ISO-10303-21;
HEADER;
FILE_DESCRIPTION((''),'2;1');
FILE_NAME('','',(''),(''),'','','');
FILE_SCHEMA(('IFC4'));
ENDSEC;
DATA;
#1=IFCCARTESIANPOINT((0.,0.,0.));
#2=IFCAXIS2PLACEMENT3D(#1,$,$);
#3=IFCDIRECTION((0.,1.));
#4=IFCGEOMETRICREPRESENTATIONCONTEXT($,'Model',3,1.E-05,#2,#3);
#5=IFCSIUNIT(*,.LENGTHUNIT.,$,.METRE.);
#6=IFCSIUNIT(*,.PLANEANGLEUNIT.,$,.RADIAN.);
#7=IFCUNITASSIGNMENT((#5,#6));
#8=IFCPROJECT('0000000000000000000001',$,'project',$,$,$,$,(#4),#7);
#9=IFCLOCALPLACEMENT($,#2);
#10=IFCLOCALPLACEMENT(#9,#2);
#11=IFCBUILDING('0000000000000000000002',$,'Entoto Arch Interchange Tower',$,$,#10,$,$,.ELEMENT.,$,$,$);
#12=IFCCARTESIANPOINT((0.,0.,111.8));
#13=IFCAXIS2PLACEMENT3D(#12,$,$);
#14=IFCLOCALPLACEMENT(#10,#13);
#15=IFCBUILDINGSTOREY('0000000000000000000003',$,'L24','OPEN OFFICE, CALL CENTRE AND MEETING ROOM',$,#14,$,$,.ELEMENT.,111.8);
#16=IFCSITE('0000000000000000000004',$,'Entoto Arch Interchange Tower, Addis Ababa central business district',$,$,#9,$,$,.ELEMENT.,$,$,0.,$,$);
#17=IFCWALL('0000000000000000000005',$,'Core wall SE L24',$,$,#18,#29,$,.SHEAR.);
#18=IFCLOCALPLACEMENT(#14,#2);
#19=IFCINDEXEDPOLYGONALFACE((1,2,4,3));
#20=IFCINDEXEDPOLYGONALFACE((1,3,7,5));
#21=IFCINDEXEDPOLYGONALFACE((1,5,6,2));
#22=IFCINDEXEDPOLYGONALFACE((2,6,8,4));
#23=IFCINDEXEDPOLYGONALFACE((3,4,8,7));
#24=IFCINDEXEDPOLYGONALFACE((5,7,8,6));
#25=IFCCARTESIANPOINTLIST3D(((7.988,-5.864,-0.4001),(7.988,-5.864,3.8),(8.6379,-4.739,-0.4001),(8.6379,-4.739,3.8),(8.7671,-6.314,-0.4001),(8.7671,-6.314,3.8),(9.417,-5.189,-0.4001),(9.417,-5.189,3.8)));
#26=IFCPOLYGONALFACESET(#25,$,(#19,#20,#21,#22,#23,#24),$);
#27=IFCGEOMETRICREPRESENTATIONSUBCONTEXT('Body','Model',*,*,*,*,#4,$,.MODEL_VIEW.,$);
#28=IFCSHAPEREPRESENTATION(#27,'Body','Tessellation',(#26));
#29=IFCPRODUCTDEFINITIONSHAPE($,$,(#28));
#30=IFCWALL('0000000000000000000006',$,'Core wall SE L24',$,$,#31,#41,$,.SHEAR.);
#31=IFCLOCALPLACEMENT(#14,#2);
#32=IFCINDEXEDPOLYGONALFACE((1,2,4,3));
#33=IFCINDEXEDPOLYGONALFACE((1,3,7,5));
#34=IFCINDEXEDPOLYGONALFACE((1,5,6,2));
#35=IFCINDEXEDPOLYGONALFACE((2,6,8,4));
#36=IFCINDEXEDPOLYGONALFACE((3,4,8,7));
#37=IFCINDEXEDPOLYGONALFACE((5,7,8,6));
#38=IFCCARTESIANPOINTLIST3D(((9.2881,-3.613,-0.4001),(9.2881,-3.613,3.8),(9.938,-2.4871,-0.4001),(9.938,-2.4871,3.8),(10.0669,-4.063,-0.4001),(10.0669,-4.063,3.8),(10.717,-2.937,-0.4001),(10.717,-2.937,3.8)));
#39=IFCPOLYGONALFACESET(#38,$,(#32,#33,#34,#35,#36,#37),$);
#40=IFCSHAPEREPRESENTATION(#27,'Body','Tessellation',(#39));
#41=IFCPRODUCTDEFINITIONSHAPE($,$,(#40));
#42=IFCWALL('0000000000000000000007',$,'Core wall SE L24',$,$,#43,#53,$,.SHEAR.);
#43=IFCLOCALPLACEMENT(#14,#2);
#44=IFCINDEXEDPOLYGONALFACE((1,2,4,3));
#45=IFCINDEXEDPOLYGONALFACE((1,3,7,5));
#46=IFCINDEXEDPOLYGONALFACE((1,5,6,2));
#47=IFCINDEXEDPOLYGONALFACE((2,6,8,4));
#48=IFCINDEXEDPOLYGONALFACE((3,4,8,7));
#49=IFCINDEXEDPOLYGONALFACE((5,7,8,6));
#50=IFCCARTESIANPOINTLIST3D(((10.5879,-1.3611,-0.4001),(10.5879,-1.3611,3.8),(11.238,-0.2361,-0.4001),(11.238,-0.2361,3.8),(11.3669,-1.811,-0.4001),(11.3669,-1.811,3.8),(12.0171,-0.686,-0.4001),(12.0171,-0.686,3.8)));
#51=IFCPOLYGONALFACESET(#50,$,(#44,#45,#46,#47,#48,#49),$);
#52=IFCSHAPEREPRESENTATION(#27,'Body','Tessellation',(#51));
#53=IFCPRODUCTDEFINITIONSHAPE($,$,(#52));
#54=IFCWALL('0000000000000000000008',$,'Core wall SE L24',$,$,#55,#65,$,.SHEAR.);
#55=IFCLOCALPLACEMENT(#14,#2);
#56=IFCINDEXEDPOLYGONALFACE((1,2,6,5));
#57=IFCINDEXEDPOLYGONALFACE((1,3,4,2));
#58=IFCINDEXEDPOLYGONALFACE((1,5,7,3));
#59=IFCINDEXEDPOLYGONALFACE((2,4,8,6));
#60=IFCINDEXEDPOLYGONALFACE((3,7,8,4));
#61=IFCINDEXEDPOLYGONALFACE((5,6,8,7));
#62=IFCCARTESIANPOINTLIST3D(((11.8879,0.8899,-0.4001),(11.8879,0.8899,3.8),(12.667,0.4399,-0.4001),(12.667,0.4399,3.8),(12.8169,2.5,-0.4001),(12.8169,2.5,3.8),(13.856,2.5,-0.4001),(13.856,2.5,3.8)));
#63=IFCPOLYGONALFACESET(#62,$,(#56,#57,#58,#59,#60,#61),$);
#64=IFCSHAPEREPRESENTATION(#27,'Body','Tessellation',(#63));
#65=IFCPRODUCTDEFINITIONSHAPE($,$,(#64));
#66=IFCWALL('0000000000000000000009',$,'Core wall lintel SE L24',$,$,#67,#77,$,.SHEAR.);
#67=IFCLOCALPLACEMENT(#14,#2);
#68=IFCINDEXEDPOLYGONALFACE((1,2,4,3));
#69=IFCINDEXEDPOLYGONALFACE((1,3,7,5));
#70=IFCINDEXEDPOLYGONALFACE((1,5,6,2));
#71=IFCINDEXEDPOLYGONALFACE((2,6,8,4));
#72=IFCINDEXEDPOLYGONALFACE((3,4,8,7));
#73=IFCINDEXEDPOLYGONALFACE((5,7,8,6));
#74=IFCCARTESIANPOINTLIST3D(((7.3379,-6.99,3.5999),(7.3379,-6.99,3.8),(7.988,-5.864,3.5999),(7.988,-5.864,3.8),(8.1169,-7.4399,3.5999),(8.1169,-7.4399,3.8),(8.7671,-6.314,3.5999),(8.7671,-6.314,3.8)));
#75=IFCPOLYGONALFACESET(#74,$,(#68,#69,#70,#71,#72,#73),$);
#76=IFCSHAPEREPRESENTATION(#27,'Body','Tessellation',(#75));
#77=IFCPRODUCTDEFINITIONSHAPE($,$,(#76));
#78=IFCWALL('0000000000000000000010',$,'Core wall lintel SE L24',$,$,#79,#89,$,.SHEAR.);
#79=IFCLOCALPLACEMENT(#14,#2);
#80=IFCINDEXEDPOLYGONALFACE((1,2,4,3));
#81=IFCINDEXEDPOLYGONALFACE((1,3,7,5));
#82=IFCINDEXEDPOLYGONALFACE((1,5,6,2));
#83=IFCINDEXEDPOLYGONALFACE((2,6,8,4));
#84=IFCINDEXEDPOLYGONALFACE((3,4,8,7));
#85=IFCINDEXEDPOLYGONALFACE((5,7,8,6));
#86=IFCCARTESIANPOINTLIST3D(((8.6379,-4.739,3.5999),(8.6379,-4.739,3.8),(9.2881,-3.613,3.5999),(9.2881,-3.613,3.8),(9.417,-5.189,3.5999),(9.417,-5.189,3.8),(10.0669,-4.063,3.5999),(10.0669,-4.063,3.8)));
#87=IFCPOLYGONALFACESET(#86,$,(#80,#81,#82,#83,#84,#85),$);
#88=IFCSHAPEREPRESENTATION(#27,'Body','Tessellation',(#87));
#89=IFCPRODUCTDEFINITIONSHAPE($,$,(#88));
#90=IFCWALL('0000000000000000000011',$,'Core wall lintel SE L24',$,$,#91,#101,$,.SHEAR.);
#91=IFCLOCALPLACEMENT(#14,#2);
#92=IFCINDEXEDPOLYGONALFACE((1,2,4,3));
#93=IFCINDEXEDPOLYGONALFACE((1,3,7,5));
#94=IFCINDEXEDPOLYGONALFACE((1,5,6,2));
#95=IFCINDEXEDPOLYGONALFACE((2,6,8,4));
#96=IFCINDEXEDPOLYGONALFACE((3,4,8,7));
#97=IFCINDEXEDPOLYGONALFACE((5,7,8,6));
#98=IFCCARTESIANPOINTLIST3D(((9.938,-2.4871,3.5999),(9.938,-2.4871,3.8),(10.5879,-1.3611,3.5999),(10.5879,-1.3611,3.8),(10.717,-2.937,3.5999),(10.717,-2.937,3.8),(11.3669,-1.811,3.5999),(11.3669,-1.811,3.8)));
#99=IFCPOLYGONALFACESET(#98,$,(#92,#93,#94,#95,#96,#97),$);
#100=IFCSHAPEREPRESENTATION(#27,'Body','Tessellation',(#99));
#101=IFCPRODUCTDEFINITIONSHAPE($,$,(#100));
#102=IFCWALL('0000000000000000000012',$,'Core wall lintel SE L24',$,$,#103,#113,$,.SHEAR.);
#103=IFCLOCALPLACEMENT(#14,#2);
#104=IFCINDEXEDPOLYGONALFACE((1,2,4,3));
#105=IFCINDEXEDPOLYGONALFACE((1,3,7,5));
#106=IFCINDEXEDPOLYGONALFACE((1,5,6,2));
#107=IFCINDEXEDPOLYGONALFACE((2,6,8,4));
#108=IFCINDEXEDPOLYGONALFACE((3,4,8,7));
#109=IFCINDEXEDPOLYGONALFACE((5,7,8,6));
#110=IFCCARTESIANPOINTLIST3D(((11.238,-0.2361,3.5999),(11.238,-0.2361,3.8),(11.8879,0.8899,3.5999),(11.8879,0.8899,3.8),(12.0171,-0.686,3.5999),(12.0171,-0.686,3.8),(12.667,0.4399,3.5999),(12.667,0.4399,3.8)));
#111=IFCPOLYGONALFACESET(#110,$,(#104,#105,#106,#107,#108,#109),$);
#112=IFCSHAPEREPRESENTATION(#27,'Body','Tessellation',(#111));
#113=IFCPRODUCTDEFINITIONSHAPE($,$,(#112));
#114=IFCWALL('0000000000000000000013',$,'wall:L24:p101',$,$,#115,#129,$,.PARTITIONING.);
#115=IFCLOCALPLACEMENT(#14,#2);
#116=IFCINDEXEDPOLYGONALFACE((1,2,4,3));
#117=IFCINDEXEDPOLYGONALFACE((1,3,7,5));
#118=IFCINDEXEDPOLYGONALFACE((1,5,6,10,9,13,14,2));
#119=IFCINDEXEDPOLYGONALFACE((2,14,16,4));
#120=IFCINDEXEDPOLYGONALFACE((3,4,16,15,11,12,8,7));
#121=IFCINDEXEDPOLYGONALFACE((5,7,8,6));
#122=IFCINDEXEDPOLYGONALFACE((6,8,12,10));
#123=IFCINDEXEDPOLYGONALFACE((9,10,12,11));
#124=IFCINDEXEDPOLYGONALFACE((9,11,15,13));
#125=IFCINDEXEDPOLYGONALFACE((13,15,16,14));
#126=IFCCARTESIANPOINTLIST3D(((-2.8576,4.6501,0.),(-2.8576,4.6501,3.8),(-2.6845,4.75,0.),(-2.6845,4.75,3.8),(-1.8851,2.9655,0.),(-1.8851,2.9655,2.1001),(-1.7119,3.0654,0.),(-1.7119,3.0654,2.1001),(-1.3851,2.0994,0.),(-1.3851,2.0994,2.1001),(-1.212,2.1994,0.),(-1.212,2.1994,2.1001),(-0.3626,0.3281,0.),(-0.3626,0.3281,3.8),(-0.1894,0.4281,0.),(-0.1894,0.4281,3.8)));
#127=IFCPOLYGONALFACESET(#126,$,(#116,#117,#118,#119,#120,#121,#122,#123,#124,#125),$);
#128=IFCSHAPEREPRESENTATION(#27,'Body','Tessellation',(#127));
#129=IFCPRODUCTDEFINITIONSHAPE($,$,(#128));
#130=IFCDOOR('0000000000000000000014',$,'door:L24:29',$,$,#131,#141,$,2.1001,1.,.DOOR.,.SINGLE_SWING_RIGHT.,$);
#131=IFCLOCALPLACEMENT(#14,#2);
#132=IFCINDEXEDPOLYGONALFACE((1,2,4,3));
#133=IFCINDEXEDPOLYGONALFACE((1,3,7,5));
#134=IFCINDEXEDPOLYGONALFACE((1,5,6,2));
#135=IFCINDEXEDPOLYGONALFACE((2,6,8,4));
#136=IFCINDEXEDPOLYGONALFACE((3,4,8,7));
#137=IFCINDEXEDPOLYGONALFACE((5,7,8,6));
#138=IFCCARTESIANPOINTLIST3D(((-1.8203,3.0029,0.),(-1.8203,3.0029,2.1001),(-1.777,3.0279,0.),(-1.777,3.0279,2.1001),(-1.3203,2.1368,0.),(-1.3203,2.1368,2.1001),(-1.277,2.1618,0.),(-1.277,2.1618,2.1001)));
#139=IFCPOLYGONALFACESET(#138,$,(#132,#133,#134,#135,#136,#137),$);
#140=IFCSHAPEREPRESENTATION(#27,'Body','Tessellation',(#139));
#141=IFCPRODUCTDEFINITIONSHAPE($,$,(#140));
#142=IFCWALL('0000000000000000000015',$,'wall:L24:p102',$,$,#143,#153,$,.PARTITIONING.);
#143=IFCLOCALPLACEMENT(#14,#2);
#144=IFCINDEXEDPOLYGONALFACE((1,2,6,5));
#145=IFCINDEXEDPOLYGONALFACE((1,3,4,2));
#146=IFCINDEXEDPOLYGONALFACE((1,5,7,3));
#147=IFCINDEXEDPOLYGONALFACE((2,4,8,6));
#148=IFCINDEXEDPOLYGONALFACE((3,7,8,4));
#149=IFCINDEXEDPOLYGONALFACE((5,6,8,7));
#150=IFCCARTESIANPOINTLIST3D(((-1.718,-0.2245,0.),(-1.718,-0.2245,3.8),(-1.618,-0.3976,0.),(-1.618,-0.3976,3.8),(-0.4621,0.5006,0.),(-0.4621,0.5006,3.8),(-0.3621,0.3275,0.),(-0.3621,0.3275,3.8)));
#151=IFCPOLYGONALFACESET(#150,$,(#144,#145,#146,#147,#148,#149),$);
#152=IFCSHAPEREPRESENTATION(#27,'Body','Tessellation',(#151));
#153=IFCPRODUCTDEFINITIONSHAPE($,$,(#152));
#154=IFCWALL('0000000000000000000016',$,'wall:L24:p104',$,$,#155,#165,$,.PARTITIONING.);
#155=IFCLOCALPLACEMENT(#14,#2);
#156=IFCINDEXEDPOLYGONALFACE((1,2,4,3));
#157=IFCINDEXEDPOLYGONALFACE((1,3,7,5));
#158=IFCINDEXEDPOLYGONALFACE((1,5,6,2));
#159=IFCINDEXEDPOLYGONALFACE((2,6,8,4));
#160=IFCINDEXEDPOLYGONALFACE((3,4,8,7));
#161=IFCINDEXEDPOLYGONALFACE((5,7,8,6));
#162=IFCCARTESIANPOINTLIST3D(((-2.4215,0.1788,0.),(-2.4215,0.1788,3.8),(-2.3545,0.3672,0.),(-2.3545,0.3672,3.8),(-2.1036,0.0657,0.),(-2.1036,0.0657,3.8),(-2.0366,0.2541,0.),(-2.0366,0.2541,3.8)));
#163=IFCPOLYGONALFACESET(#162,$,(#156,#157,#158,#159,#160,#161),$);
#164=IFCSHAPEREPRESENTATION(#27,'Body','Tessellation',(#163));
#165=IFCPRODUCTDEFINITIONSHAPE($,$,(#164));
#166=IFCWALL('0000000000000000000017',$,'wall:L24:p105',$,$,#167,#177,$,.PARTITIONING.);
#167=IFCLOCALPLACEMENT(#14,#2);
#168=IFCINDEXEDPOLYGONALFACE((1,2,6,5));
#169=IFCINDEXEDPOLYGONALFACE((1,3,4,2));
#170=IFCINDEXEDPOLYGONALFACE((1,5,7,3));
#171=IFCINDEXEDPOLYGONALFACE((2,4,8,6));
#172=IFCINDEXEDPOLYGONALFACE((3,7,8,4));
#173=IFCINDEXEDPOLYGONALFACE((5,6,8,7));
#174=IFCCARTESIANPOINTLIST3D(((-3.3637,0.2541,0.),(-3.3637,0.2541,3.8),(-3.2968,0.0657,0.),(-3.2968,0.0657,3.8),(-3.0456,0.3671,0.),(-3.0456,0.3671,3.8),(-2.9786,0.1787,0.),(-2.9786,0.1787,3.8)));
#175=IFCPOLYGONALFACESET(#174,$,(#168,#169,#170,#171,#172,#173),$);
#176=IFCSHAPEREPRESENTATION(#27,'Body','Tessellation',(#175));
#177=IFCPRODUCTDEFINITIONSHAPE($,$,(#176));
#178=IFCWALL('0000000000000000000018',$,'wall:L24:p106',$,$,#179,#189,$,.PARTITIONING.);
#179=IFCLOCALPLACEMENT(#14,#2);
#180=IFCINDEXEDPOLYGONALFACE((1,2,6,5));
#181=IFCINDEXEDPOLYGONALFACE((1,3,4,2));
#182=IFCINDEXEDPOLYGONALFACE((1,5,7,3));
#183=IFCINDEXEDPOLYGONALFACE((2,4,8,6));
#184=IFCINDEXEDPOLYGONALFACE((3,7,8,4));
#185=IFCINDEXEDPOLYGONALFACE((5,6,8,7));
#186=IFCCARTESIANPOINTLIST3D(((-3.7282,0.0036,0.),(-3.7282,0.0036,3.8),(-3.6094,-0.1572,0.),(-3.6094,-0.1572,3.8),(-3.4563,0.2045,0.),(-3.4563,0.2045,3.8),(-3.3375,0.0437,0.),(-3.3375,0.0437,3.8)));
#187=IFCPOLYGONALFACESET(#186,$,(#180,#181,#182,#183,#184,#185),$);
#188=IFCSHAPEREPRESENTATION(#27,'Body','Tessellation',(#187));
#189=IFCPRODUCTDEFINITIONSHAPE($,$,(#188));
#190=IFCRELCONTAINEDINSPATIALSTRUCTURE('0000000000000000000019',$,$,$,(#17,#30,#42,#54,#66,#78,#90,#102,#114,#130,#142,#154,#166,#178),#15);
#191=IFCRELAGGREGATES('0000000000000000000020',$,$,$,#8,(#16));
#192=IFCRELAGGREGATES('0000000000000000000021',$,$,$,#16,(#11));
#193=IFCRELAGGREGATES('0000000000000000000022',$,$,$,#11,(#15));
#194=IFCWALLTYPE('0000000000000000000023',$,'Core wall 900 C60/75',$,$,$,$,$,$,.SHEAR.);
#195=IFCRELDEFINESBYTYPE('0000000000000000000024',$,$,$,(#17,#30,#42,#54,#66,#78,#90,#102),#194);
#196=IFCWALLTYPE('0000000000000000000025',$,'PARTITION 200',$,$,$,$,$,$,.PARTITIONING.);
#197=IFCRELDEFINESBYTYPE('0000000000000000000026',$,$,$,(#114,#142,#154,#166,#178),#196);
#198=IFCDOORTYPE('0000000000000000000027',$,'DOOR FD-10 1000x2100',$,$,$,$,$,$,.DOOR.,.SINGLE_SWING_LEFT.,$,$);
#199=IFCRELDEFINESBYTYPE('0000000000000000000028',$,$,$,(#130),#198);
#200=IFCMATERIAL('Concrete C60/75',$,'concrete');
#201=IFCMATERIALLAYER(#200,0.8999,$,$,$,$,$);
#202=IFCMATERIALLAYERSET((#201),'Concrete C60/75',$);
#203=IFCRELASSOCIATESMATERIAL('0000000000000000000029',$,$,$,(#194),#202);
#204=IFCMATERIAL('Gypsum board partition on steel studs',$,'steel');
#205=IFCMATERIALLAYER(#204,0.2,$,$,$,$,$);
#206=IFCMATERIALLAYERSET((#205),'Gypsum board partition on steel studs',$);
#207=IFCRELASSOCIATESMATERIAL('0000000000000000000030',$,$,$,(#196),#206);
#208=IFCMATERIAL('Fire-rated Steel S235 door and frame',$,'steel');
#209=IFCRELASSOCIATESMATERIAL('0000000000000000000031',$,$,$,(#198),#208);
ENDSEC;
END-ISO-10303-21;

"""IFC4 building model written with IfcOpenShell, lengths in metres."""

from ifc_helpers import new_model, si_unit, direction, frame, frame_2d, origin, place, context, subcontext, project, spatial, polyline, rectangle, outline, extrude, material, layer, layer_set, type_object, element, fill, save


model = new_model("IFC4")

# Units and contexts
model_context = context("Model", 3, precision=1e-05, world=origin(), true_north=direction((0.0, 1.0)))
body_context = subcontext(model_context, "Body", "Model", "MODEL_VIEW")
ifc_project = project(units=[si_unit("LENGTHUNIT", "METRE"), si_unit("PLANEANGLEUNIT", "RADIAN")], contexts=[model_context])

# Site, building, storey
site_placement = place(None, origin())
site = spatial("IfcSite", under=ifc_project, at=site_placement, Name="Entoto Arch Interchange Tower, Addis Ababa central business district", CompositionType="ELEMENT", RefElevation=0.0)
building_placement = place(site_placement, origin())
building = spatial("IfcBuilding", under=site, at=building_placement, Name="Entoto Arch Interchange Tower", CompositionType="ELEMENT")
storey_placement = place(building_placement, frame((0.0, 0.0, 111.8)))
storey = spatial("IfcBuildingStorey", under=building, at=storey_placement, Name="L24", Description="OPEN OFFICE, CALL CENTRE AND MEETING ROOM", CompositionType="ELEMENT", Elevation=111.8)

# Walls
ifc_material_1 = material(Name="Concrete C60/75", Category="concrete")
ifc_layer_1 = layer(ifc_material_1, 0.8999)
ifc_layer_set_1 = layer_set([ifc_layer_1], Name="Concrete C60/75")
wall_type_1 = type_object("IfcWallType", Name="Core wall 900 C60/75", PredefinedType="SHEAR", material=ifc_layer_set_1)
wall_1_placement = place(storey_placement, frame((0.0, 0.0, -0.4001)))
element("IfcWall", 1, at=wall_1_placement, inside=storey, type_object=wall_type_1, Name="Core wall SE L24", PredefinedType="SHEAR", context=body_context, shape_type="SweptSolid", body=[
    extrude(outline(polyline([(9.417, -5.189), (8.6379, -4.739), (7.988, -5.864), (8.7671, -6.314), (9.417, -5.189)])), origin(), (0.0, 0.0, 1.0), 4.2002),
])
wall_2_placement = place(storey_placement, frame((0.0, 0.0, -0.4001)))
element("IfcWall", 2, at=wall_2_placement, inside=storey, type_object=wall_type_1, Name="Core wall SE L24", PredefinedType="SHEAR", context=body_context, shape_type="SweptSolid", body=[
    extrude(outline(polyline([(10.717, -2.937), (9.938, -2.4871), (9.2881, -3.613), (10.0669, -4.063), (10.717, -2.937)])), origin(), (0.0, 0.0, 1.0), 4.2002),
])
wall_3_placement = place(storey_placement, frame((0.0, 0.0, -0.4001)))
element("IfcWall", 3, at=wall_3_placement, inside=storey, type_object=wall_type_1, Name="Core wall SE L24", PredefinedType="SHEAR", context=body_context, shape_type="SweptSolid", body=[
    extrude(outline(polyline([(12.0171, -0.686), (11.238, -0.2361), (10.5879, -1.3611), (11.3669, -1.811), (12.0171, -0.686)])), origin(), (0.0, 0.0, 1.0), 4.2002),
])
wall_4_placement = place(storey_placement, frame((0.0, 0.0, -0.4001)))
element("IfcWall", 4, at=wall_4_placement, inside=storey, type_object=wall_type_1, Name="Core wall SE L24", PredefinedType="SHEAR", context=body_context, shape_type="SweptSolid", body=[
    extrude(outline(polyline([(11.8879, 0.8899), (12.667, 0.4399), (13.856, 2.5), (12.8169, 2.5), (11.8879, 0.8899)])), origin(), (0.0, 0.0, 1.0), 4.2002),
])
wall_5_placement = place(storey_placement, frame((0.0, 0.0, 3.5999)))
element("IfcWall", 5, at=wall_5_placement, inside=storey, type_object=wall_type_1, Name="Core wall lintel SE L24", PredefinedType="SHEAR", context=body_context, shape_type="SweptSolid", body=[
    extrude(outline(polyline([(8.7671, -6.314), (7.988, -5.864), (7.3379, -6.99), (8.1169, -7.4399), (8.7671, -6.314)])), origin(), (0.0, 0.0, 1.0), 0.2002),
])
wall_6_placement = place(storey_placement, frame((0.0, 0.0, 3.5999)))
element("IfcWall", 6, at=wall_6_placement, inside=storey, type_object=wall_type_1, Name="Core wall lintel SE L24", PredefinedType="SHEAR", context=body_context, shape_type="SweptSolid", body=[
    extrude(outline(polyline([(10.0669, -4.063), (9.2881, -3.613), (8.6379, -4.739), (9.417, -5.189), (10.0669, -4.063)])), origin(), (0.0, 0.0, 1.0), 0.2002),
])
wall_7_placement = place(storey_placement, frame((0.0, 0.0, 3.5999)))
element("IfcWall", 7, at=wall_7_placement, inside=storey, type_object=wall_type_1, Name="Core wall lintel SE L24", PredefinedType="SHEAR", context=body_context, shape_type="SweptSolid", body=[
    extrude(outline(polyline([(11.3669, -1.811), (10.5879, -1.3611), (9.938, -2.4871), (10.717, -2.937), (11.3669, -1.811)])), origin(), (0.0, 0.0, 1.0), 0.2002),
])
wall_8_placement = place(storey_placement, frame((0.0, 0.0, 3.5999)))
element("IfcWall", 8, at=wall_8_placement, inside=storey, type_object=wall_type_1, Name="Core wall lintel SE L24", PredefinedType="SHEAR", context=body_context, shape_type="SweptSolid", body=[
    extrude(outline(polyline([(12.667, 0.4399), (11.8879, 0.8899), (11.238, -0.2361), (12.0171, -0.686), (12.667, 0.4399)])), origin(), (0.0, 0.0, 1.0), 0.2002),
])

# Wall, opening, door
ifc_material_2 = material(Name="Gypsum board partition on steel studs", Category="steel")
ifc_layer_2 = layer(ifc_material_2, 0.2)
ifc_layer_set_2 = layer_set([ifc_layer_2], Name="Gypsum board partition on steel studs")
wall_type_2 = type_object("IfcWallType", Name="PARTITION 200", PredefinedType="PARTITIONING", material=ifc_layer_set_2)
wall_9_placement = place(storey_placement, frame((-2.771, 4.7, 0.0), z_axis=(0.0, 0.0, 1.0), x_axis=(0.499969, -0.866043, 0.0)))
wall_9 = element("IfcWall", 9, at=wall_9_placement, inside=storey, type_object=wall_type_2, Name="wall:L24:p101", PredefinedType="PARTITIONING", context=body_context, shape_type="SweptSolid", body=[
    extrude(rectangle(XDim=4.9905, YDim=0.2, at=frame_2d((2.4951, 0.0))), origin(), (0.0, 0.0, 1.0), 3.8),
])
opening_1_placement = place(wall_9_placement, frame((1.9451, 0.0, 0.0)))
opening_1 = element("IfcOpeningElement", 10, at=opening_1_placement, cuts=wall_9, PredefinedType="OPENING", context=body_context, shape_type="SweptSolid", body=[
    extrude(rectangle(XDim=1.0, YDim=2.1001, at=frame_2d((0.5, 1.05))), frame((0.0, 0.1099, 0.0), z_axis=(0.0, -1.0, 0.0), x_axis=(1.0, 0.0, 0.0)), (0.0, 0.0, 1.0), 0.22),
])
ifc_material_3 = material(Name="Fire-rated Steel S235 door and frame", Category="steel")
door_type_1 = type_object("IfcDoorType", Name="DOOR FD-10 1000x2100", OperationType="SINGLE_SWING_LEFT", PredefinedType="DOOR", material=ifc_material_3)
door_1_placement = place(opening_1_placement, origin())
door_1 = element("IfcDoor", 11, at=door_1_placement, inside=storey, type_object=door_type_1, Name="door:L24:29", OperationType="SINGLE_SWING_RIGHT", OverallHeight=2.1001, OverallWidth=1.0, PredefinedType="DOOR", context=body_context, shape_type="SweptSolid", body=[
    extrude(rectangle(XDim=1.0, YDim=2.1001, at=frame_2d((0.5, 1.05))), frame((0.0, 0.0249, 0.0), z_axis=(0.0, -1.0, 0.0), x_axis=(1.0, 0.0, 0.0)), (0.0, 0.0, 1.0), 0.05),
])
fill(opening_1, door_1)

# Walls
wall_10_placement = place(storey_placement, frame((-0.4121, 0.4141, 0.0), z_axis=(0.0, 0.0, 1.0), x_axis=(-0.866017, -0.500014, 0.0)))
element("IfcWall", 12, at=wall_10_placement, inside=storey, type_object=wall_type_2, Name="wall:L24:p102", PredefinedType="PARTITIONING", context=body_context, shape_type="SweptSolid", body=[
    extrude(rectangle(XDim=1.4502, YDim=0.2, at=frame_2d((0.7251, 0.0))), origin(), (0.0, 0.0, 1.0), 3.8),
])
wall_11_placement = place(storey_placement, frame((-2.0701, 0.1599, 0.0), z_axis=(0.0, 0.0, 1.0), x_axis=(-0.942199, 0.335052, 0.0)))
element("IfcWall", 13, at=wall_11_placement, inside=storey, type_object=wall_type_2, Name="wall:L24:p104", PredefinedType="PARTITIONING", context=body_context, shape_type="SweptSolid", body=[
    extrude(rectangle(XDim=0.3374, YDim=0.2, at=frame_2d((0.1687, 0.0))), origin(), (0.0, 0.0, 1.0), 3.8),
])
wall_12_placement = place(storey_placement, frame((-3.012, 0.2729, 0.0), z_axis=(0.0, 0.0, 1.0), x_axis=(-0.942281, -0.334824, 0.0)))
element("IfcWall", 14, at=wall_12_placement, inside=storey, type_object=wall_type_2, Name="wall:L24:p105", PredefinedType="PARTITIONING", context=body_context, shape_type="SweptSolid", body=[
    extrude(rectangle(XDim=0.3376, YDim=0.2, at=frame_2d((0.1689, 0.0))), origin(), (0.0, 0.0, 1.0), 3.8),
])
wall_13_placement = place(storey_placement, frame((-3.397, 0.124, 0.0), z_axis=(0.0, 0.0, 1.0), x_axis=(-0.804311, -0.594208, 0.0)))
element("IfcWall", 15, at=wall_13_placement, inside=storey, type_object=wall_type_2, Name="wall:L24:p106", PredefinedType="PARTITIONING", context=body_context, shape_type="SweptSolid", body=[
    extrude(rectangle(XDim=0.3381, YDim=0.2, at=frame_2d((0.1689, 0.0))), origin(), (0.0, 0.0, 1.0), 3.8),
])

save(model, "model.ifc")
